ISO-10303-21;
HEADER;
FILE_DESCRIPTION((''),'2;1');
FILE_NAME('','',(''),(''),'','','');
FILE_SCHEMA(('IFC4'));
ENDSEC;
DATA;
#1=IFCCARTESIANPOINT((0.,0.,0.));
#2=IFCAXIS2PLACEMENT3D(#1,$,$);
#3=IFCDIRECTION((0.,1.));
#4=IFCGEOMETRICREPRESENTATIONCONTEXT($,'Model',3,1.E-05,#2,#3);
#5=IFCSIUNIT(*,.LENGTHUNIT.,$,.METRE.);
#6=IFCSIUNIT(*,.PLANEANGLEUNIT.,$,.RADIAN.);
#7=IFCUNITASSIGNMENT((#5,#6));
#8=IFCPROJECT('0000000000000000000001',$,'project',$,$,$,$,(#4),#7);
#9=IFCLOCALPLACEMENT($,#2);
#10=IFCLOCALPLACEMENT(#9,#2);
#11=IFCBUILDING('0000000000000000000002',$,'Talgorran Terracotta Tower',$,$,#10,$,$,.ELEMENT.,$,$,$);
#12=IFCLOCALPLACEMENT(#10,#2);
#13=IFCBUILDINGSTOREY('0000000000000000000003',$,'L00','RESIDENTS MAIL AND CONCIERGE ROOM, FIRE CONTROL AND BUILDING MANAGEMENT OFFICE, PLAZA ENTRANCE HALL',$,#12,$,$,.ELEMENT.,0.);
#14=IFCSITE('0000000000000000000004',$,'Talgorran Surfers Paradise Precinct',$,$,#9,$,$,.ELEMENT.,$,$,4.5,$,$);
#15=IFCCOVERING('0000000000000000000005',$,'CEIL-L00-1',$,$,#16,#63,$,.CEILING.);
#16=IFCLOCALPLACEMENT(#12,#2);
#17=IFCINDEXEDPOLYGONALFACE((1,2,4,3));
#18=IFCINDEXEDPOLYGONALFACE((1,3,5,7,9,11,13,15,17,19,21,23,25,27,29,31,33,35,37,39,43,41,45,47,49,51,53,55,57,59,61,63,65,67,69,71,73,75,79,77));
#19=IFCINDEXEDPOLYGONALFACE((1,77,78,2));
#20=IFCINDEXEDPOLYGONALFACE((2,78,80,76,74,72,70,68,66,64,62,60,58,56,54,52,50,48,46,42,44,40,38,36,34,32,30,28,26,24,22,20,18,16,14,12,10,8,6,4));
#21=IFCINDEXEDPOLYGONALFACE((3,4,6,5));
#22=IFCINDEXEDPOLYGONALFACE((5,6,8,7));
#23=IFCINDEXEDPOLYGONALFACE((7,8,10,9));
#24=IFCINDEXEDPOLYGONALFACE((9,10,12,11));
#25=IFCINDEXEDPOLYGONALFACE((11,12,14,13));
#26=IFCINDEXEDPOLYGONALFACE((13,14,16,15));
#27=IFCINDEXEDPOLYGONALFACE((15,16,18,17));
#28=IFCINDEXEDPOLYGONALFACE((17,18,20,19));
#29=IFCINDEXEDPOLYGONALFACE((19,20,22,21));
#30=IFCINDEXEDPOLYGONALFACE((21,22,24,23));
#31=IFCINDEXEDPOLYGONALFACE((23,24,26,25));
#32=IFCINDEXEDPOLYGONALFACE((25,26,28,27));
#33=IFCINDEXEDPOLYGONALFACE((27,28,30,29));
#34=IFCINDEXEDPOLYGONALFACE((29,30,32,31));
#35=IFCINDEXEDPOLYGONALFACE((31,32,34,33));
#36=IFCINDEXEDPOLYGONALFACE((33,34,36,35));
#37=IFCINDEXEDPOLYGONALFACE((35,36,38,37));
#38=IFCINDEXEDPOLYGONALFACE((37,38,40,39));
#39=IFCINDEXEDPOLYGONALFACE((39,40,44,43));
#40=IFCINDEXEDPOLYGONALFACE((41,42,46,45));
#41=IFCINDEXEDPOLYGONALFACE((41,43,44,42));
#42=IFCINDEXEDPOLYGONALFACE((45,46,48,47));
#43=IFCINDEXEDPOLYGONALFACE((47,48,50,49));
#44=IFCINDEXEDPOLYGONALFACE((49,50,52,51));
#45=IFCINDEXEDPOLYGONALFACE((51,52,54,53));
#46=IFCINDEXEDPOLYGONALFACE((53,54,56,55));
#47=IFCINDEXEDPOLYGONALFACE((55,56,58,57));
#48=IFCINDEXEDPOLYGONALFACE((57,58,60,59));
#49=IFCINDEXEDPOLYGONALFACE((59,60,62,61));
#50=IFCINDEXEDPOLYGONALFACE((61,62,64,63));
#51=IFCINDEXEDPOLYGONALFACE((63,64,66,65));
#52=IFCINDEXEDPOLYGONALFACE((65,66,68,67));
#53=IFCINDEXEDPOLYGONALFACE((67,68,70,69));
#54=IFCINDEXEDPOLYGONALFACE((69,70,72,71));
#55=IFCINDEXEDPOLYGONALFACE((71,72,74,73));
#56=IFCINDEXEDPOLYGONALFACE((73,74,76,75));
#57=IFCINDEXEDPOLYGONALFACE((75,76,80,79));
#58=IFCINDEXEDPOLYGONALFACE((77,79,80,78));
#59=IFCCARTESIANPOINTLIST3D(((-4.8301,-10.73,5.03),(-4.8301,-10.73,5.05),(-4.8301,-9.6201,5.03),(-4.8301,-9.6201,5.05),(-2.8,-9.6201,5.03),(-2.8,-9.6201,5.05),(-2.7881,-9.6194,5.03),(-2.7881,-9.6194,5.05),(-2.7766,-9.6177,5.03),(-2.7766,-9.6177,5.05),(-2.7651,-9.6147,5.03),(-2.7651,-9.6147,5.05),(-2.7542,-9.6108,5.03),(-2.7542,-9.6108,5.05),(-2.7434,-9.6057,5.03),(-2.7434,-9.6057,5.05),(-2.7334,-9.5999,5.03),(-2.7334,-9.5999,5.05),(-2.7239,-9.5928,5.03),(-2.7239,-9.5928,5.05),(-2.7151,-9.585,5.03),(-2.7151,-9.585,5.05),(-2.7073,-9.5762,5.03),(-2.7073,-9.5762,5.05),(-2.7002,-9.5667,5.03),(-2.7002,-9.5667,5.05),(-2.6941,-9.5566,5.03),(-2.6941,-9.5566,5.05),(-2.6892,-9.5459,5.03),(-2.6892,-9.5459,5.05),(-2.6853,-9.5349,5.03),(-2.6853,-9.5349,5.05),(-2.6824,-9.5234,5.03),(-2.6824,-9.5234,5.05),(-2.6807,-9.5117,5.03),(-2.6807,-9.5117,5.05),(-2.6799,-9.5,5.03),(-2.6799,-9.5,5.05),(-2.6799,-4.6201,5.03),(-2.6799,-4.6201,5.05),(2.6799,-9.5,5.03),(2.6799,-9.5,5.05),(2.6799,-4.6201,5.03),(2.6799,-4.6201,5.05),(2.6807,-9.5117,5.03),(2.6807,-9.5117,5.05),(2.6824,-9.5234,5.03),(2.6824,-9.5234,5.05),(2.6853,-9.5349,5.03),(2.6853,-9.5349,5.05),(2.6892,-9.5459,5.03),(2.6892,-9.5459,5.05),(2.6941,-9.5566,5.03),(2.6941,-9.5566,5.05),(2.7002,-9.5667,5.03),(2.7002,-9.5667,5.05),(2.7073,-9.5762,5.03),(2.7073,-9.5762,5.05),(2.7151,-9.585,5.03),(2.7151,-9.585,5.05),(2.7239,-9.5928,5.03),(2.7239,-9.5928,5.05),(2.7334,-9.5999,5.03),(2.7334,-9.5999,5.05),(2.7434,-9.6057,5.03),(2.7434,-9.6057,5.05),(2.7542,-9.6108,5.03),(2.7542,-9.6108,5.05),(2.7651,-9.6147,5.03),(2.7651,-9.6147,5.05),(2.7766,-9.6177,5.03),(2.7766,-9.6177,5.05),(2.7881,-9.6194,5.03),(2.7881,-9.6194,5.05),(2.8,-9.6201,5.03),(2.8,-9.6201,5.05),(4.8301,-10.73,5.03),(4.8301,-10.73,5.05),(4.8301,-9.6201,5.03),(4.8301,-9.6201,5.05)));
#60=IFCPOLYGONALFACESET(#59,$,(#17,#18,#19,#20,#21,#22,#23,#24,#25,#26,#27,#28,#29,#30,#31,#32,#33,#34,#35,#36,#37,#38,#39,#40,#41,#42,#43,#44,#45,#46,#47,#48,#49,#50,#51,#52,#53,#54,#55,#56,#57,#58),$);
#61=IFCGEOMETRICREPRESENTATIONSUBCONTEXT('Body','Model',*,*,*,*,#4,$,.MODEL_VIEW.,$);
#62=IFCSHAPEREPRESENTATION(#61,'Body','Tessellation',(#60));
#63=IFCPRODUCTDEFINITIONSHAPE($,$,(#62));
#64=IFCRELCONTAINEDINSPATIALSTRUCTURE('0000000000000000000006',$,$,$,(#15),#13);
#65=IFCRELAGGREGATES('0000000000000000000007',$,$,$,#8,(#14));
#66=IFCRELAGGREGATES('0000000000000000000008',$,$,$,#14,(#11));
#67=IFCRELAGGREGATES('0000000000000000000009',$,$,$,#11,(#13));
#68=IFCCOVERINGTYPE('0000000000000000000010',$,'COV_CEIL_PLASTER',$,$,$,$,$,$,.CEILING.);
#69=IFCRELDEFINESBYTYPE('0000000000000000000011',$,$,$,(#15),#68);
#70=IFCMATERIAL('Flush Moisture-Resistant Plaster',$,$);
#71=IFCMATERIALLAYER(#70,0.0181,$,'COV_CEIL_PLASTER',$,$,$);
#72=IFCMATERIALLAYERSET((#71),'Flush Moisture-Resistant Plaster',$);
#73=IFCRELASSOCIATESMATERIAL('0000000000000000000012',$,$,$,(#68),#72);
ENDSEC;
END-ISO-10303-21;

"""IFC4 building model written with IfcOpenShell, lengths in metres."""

from ifc_helpers import new_model, si_unit, direction, frame, origin, place, context, subcontext, project, spatial, polyline, outline, extrude, material, layer, layer_set, type_object, element, save


model = new_model("IFC4")

# Units and contexts
model_context = context("Model", 3, precision=1e-05, world=origin(), true_north=direction((0.0, 1.0)))
body_context = subcontext(model_context, "Body", "Model", "MODEL_VIEW")
ifc_project = project(units=[si_unit("LENGTHUNIT", "METRE"), si_unit("PLANEANGLEUNIT", "RADIAN")], contexts=[model_context])

# Site, building, storey
site_placement = place(None, origin())
site = spatial("IfcSite", under=ifc_project, at=site_placement, Name="Talgorran Surfers Paradise Precinct", CompositionType="ELEMENT", RefElevation=4.5)
building_placement = place(site_placement, origin())
building = spatial("IfcBuilding", under=site, at=building_placement, Name="Talgorran Terracotta Tower", CompositionType="ELEMENT")
storey_placement = place(building_placement, origin())
storey = spatial("IfcBuildingStorey", under=building, at=storey_placement, Name="L00", Description="RESIDENTS MAIL AND CONCIERGE ROOM, FIRE CONTROL AND BUILDING MANAGEMENT OFFICE, PLAZA ENTRANCE HALL", CompositionType="ELEMENT", Elevation=0.0)

# Covering
ifc_material_1 = material(Name="Flush Moisture-Resistant Plaster")
ifc_layer_1 = layer(ifc_material_1, 0.0181, Name="COV_CEIL_PLASTER")
ifc_layer_set_1 = layer_set([ifc_layer_1], Name="Flush Moisture-Resistant Plaster")
covering_type_1 = type_object("IfcCoveringType", Name="COV_CEIL_PLASTER", PredefinedType="CEILING", material=ifc_layer_set_1)
covering_1_placement = place(storey_placement, frame((0.0, 0.0, 5.03)))
element("IfcCovering", 1, at=covering_1_placement, inside=storey, type_object=covering_type_1, Name="CEIL-L00-1", PredefinedType="CEILING", context=body_context, shape_type="SweptSolid", body=[
    extrude(outline(polyline([(-4.8301, -9.6201), (-2.8, -9.6201), (-2.7881, -9.6194), (-2.7766, -9.6177), (-2.7651, -9.6147), (-2.7542, -9.6108), (-2.7434, -9.6057), (-2.7334, -9.5999), (-2.7239, -9.5928), (-2.7151, -9.585), (-2.7073, -9.5762), (-2.7002, -9.5667), (-2.6941, -9.5566), (-2.6892, -9.5459), (-2.6853, -9.5349), (-2.6824, -9.5234), (-2.6807, -9.5117), (-2.6799, -9.5), (-2.6799, -4.6201), (2.6799, -4.6201), (2.6799, -9.5), (2.6807, -9.5117), (2.6824, -9.5234), (2.6853, -9.5349), (2.6892, -9.5459), (2.6941, -9.5566), (2.7002, -9.5667), (2.7073, -9.5762), (2.7151, -9.585), (2.7239, -9.5928), (2.7334, -9.5999), (2.7434, -9.6057), (2.7542, -9.6108), (2.7651, -9.6147), (2.7766, -9.6177), (2.7881, -9.6194), (2.8, -9.6201), (4.8301, -9.6201), (4.8301, -10.73), (-4.8301, -10.73), (-4.8301, -9.6201)])), origin(), (0.0, 0.0, 1.0), 0.02),
])

save(model, "model.ifc")
